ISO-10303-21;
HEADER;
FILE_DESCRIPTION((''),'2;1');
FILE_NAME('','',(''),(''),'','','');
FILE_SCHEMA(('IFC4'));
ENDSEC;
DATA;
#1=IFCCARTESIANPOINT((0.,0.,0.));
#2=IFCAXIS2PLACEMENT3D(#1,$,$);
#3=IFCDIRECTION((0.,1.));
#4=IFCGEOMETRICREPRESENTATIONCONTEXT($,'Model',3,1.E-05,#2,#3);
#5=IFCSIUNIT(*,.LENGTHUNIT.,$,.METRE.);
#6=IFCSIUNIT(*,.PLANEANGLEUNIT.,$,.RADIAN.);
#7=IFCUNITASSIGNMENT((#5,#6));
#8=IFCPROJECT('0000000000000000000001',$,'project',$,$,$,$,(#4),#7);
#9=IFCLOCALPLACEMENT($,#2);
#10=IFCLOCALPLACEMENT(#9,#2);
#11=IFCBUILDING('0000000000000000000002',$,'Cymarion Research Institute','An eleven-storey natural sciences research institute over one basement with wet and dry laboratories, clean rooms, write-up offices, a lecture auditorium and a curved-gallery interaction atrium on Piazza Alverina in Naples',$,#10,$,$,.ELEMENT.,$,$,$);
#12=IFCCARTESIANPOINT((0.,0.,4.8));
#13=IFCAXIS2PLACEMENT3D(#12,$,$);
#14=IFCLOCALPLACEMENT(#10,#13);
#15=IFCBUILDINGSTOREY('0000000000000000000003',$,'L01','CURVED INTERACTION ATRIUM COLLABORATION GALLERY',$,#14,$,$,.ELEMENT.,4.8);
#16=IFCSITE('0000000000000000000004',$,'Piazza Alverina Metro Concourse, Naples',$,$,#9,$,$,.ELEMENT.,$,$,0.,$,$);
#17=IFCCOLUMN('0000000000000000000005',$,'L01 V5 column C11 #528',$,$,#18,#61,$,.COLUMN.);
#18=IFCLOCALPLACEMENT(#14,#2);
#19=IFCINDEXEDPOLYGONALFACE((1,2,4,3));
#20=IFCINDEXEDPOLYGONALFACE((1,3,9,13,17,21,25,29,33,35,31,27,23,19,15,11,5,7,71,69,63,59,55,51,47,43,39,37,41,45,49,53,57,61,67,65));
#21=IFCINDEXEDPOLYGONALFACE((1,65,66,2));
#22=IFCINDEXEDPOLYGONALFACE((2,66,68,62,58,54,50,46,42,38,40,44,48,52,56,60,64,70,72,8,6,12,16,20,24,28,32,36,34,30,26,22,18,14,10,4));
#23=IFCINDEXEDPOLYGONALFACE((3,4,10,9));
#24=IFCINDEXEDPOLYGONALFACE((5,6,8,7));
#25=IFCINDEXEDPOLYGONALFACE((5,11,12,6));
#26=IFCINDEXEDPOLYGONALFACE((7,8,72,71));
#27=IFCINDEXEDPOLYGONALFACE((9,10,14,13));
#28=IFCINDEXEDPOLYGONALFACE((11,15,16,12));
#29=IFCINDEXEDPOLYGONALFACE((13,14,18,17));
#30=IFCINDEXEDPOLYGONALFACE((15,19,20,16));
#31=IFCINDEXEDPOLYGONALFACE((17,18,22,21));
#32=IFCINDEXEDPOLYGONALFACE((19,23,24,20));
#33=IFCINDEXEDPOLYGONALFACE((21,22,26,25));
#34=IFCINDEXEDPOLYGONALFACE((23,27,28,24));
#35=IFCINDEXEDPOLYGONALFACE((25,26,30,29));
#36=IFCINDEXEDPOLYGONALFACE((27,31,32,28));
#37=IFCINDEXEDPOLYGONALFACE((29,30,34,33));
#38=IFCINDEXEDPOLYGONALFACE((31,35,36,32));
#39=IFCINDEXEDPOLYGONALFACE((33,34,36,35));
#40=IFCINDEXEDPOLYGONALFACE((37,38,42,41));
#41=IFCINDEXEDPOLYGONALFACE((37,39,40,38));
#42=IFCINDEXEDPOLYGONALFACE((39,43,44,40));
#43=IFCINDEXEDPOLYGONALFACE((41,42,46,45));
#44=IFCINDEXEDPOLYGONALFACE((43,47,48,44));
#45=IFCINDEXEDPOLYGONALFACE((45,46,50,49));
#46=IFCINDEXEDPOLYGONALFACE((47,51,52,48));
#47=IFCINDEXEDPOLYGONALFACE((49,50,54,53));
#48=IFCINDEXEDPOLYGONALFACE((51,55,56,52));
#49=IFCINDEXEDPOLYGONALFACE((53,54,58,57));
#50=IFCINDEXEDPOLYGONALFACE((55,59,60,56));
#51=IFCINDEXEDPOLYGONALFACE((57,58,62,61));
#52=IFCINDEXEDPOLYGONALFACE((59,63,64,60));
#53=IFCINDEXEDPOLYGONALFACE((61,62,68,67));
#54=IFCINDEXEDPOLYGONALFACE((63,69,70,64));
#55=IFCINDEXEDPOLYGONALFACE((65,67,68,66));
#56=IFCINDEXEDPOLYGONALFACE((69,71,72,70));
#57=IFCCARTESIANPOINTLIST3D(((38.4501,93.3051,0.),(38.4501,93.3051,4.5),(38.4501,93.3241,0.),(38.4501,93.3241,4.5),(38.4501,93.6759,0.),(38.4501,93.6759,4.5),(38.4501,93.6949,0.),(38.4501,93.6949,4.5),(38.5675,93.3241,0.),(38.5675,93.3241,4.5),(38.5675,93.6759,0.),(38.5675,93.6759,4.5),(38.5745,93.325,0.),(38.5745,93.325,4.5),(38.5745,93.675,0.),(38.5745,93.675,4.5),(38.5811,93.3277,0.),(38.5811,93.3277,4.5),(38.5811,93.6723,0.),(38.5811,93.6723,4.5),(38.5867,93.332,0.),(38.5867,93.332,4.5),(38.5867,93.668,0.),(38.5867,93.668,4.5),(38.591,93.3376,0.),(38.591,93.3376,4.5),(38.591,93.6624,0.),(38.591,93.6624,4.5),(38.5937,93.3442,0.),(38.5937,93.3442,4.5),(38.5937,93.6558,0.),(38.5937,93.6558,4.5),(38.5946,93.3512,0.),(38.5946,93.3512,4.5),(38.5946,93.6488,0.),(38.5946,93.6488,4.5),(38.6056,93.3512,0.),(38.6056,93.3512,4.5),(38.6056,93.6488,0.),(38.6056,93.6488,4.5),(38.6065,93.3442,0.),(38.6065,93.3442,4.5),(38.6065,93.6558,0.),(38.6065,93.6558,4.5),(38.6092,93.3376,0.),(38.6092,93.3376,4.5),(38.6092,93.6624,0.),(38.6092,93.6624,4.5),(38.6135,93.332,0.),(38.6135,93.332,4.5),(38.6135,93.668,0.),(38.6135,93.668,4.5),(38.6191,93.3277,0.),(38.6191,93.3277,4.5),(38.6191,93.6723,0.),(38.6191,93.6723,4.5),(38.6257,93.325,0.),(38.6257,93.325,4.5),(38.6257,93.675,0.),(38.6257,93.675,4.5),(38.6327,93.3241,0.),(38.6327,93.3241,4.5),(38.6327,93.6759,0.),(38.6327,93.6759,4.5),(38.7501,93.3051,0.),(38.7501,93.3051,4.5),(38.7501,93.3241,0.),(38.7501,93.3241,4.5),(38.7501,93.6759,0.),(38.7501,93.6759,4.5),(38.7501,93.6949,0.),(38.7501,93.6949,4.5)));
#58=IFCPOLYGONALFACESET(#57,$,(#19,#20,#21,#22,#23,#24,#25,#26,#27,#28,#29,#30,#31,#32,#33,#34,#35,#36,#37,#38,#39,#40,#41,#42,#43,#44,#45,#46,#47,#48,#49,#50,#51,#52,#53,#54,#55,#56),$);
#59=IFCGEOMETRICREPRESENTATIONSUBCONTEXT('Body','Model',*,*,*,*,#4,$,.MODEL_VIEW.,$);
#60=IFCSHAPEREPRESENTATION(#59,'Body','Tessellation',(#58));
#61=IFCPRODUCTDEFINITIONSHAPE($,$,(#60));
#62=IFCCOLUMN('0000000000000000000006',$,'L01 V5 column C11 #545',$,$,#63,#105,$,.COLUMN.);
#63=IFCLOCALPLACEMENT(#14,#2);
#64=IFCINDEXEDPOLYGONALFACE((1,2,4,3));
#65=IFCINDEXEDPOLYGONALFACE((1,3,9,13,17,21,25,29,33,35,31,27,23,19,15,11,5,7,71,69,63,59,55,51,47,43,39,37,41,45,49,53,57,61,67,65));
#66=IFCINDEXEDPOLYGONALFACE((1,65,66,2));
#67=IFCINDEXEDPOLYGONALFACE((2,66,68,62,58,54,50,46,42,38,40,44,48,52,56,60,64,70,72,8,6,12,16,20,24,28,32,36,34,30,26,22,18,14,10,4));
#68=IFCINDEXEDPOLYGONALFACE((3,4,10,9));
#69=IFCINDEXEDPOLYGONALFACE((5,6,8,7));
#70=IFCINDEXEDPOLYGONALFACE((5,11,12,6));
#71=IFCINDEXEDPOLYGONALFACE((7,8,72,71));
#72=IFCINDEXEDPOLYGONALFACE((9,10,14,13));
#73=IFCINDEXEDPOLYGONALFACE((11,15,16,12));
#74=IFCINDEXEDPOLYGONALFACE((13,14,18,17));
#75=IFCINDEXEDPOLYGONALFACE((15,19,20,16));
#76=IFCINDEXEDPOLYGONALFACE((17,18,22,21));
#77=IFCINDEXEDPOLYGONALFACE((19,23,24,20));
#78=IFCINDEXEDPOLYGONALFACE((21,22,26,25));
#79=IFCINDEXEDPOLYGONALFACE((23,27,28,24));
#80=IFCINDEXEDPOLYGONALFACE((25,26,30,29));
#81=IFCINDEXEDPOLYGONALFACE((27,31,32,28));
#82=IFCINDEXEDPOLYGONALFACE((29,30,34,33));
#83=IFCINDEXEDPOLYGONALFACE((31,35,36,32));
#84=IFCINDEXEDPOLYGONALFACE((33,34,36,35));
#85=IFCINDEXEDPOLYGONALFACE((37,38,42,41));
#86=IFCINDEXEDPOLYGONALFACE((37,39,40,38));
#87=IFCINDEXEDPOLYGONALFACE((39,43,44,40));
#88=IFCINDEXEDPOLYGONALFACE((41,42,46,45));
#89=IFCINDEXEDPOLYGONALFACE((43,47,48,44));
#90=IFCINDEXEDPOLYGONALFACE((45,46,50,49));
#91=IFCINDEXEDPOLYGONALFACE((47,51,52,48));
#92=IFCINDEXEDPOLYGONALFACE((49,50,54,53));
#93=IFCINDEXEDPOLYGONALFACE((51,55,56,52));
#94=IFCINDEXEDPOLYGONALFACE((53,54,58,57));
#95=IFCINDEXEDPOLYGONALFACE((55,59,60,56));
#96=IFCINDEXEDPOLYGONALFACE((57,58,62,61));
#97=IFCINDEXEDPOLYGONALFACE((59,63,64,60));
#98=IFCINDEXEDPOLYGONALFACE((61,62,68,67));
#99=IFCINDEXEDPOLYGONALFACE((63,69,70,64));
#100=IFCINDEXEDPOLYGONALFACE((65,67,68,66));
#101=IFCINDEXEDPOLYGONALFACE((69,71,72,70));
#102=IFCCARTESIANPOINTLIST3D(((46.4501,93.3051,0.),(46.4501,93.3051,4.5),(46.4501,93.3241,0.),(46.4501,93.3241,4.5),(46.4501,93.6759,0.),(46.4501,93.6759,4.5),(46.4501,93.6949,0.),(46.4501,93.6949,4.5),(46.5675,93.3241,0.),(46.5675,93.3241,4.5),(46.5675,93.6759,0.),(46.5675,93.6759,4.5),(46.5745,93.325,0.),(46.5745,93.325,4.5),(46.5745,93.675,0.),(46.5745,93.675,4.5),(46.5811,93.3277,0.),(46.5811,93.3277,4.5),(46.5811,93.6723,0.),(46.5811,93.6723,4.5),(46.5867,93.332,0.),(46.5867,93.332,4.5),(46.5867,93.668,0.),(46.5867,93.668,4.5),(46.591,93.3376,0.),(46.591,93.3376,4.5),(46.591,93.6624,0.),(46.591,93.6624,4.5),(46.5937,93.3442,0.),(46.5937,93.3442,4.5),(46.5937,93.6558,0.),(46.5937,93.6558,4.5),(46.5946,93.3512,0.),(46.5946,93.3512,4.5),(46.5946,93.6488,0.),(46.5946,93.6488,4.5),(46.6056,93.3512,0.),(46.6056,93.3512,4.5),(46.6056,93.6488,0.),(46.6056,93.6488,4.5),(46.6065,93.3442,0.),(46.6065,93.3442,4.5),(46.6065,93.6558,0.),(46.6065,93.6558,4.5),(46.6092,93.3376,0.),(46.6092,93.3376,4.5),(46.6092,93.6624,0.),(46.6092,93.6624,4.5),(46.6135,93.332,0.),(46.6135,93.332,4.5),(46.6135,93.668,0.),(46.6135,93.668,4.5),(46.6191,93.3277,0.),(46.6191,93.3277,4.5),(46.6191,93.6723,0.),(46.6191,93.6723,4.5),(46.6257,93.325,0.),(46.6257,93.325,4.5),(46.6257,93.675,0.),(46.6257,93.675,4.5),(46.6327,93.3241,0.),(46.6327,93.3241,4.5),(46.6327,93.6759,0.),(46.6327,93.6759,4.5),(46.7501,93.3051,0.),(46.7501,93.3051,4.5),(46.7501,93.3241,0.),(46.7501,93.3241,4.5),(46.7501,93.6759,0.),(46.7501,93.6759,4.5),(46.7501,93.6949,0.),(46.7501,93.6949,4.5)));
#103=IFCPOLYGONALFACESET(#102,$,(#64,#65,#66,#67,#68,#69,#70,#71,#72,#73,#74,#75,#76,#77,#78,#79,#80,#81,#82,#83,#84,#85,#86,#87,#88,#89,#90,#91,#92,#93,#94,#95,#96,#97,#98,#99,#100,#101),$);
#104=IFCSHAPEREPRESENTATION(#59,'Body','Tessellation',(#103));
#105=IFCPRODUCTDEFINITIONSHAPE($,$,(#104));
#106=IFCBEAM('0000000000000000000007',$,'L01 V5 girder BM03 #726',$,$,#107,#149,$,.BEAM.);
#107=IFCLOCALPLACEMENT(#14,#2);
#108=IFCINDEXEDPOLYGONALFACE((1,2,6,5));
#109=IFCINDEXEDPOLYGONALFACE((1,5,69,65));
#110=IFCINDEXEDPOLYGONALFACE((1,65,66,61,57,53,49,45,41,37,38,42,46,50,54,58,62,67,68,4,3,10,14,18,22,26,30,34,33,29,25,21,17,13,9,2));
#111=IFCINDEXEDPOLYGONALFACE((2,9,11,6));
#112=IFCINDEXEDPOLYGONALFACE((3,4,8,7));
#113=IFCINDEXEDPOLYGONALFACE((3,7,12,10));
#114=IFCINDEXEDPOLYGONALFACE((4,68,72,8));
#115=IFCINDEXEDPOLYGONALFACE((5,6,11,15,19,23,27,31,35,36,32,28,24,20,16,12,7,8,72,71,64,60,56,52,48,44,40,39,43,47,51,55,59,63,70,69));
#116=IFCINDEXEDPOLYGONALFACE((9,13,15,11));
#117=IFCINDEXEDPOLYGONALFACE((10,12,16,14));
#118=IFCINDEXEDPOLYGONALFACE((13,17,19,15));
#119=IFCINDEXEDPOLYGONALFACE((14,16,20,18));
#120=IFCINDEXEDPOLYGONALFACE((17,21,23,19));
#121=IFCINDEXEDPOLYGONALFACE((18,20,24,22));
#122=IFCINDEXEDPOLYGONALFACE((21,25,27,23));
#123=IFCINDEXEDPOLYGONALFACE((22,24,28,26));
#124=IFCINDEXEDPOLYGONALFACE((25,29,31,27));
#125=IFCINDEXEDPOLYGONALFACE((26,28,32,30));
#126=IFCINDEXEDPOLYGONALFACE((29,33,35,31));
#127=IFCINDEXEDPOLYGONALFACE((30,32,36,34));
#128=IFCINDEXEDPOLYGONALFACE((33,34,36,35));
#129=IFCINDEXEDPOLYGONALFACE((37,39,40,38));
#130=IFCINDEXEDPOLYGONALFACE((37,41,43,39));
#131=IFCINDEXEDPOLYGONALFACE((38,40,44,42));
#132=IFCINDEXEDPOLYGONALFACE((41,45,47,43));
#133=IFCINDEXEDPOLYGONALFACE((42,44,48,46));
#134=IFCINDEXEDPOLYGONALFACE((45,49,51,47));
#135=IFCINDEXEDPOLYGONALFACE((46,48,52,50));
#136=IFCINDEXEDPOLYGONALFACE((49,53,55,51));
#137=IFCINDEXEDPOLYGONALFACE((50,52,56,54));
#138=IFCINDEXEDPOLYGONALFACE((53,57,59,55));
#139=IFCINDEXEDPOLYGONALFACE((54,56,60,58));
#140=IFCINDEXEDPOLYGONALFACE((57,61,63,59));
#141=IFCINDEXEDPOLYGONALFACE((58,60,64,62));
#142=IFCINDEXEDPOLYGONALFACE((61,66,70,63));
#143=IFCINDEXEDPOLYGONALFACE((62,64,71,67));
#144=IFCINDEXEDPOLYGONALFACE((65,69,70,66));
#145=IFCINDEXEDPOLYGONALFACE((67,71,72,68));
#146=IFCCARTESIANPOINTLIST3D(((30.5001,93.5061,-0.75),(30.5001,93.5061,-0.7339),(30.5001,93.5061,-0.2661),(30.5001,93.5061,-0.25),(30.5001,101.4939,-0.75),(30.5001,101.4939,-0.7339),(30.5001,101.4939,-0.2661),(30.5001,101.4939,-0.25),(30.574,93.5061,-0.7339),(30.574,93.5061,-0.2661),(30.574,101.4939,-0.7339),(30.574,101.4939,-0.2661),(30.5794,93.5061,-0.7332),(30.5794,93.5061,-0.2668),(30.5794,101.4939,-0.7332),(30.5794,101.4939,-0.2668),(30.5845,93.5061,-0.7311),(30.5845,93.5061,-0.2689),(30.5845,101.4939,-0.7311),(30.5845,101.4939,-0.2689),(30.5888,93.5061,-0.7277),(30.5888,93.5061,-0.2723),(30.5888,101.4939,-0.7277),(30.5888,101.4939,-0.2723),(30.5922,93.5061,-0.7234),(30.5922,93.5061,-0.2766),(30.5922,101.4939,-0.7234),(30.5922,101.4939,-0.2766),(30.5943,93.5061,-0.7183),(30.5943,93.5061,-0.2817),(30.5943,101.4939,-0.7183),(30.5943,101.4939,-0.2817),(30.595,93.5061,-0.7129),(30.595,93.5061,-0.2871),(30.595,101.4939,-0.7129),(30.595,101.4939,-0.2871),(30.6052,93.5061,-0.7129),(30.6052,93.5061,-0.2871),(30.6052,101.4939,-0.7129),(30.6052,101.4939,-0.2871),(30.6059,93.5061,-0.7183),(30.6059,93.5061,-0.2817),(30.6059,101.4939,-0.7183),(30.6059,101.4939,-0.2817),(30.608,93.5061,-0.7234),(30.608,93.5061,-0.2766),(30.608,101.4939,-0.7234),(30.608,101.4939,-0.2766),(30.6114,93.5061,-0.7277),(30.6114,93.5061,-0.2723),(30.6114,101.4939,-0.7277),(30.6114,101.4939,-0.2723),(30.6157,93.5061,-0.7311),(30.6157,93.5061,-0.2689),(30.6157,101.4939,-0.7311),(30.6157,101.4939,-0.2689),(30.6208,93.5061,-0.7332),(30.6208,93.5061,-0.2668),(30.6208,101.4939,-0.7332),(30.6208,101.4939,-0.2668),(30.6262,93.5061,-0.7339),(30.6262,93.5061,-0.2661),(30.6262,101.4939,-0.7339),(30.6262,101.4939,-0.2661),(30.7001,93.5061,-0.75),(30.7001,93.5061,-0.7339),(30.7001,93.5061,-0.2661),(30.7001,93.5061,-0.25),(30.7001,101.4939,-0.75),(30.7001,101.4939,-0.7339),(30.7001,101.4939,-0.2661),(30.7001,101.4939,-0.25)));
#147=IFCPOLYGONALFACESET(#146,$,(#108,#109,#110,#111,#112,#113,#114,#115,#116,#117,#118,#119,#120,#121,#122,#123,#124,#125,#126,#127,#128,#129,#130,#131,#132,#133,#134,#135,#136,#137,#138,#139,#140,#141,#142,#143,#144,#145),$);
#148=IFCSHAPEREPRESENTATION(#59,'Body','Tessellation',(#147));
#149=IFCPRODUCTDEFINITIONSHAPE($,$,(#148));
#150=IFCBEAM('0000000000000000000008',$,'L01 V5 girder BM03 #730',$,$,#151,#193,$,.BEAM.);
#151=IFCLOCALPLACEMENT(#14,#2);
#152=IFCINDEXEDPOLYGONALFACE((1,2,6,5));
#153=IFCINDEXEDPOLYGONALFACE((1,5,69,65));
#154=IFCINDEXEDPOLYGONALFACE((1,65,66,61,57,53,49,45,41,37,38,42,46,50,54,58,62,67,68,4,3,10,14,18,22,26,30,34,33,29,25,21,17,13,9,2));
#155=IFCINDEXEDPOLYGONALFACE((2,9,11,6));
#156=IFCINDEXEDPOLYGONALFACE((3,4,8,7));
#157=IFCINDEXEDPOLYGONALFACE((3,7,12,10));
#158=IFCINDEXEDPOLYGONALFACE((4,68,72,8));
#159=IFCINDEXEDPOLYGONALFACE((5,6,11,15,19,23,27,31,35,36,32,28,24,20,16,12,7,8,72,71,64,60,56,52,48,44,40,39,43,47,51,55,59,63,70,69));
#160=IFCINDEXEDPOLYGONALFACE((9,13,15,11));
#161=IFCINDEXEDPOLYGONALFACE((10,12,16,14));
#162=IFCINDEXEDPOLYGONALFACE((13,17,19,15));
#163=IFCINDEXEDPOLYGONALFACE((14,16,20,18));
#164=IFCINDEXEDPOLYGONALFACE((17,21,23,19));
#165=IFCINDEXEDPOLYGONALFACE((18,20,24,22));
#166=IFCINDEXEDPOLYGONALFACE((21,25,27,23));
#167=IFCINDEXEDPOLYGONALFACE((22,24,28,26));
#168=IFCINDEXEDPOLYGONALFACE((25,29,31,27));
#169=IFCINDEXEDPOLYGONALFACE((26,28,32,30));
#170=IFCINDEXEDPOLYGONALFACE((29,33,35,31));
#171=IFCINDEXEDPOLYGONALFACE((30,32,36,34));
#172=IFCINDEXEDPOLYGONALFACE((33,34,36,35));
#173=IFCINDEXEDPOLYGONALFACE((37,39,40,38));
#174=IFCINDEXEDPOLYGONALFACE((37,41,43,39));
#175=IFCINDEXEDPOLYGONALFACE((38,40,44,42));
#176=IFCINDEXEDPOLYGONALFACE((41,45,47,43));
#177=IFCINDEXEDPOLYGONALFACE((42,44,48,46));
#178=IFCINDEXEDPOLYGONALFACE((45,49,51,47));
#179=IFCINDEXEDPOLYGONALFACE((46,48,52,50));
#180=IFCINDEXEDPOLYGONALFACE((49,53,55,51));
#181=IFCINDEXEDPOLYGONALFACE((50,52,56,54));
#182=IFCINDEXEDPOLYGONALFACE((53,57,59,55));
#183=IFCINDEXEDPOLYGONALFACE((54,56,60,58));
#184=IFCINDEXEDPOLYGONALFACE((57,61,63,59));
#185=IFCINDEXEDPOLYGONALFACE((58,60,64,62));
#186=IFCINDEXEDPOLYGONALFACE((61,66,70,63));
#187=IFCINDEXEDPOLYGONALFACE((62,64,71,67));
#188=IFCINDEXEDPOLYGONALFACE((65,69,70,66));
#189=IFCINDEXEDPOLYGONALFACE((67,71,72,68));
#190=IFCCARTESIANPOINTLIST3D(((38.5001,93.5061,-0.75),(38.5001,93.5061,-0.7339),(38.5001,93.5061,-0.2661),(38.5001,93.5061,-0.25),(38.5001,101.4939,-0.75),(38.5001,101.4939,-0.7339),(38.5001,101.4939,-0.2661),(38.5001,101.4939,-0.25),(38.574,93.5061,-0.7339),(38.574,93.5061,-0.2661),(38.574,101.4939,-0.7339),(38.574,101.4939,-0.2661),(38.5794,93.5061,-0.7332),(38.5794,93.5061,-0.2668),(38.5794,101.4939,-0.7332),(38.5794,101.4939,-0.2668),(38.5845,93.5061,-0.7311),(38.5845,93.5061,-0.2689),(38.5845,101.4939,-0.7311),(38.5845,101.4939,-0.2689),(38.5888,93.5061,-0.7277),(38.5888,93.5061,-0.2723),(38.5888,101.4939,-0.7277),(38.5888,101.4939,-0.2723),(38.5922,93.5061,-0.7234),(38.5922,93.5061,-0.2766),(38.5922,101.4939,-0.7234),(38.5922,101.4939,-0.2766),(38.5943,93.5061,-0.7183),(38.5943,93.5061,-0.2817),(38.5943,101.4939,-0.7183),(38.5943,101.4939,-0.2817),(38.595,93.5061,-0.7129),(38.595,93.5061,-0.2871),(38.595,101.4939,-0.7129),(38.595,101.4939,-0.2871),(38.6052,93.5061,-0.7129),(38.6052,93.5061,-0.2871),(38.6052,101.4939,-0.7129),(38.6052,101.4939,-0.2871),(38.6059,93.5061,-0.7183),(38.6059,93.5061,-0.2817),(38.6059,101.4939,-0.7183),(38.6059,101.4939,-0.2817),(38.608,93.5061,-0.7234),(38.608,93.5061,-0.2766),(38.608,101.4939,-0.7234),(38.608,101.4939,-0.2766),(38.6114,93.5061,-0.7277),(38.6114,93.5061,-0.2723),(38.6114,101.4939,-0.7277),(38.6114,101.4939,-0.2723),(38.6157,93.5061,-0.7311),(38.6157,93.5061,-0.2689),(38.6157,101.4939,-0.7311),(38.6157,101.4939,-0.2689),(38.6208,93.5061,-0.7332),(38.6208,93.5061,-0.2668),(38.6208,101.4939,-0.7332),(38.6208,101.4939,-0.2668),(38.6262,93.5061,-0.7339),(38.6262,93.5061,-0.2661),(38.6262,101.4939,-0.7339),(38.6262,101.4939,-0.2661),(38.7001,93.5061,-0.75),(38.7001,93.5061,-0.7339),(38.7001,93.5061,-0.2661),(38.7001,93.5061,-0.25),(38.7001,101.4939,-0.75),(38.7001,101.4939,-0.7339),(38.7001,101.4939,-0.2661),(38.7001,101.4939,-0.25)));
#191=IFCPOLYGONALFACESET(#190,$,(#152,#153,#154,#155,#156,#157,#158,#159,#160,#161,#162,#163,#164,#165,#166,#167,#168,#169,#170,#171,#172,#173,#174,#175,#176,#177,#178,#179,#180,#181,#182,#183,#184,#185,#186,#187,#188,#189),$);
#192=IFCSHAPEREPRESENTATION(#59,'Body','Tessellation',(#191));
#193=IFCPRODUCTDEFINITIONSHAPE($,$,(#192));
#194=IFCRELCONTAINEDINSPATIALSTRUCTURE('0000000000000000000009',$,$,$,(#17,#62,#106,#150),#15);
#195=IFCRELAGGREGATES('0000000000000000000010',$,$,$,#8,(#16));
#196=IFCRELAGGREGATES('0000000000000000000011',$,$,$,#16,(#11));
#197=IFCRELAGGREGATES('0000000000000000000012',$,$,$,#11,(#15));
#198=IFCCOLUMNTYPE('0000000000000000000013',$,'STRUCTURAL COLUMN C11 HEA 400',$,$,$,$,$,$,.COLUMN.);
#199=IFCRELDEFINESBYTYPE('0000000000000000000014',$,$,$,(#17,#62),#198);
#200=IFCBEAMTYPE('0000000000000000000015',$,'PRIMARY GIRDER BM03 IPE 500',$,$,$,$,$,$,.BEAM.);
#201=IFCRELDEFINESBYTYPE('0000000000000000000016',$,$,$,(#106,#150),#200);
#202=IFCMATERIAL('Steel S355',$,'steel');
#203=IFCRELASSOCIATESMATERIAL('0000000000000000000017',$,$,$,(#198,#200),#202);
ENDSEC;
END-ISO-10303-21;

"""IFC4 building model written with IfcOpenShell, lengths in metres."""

from ifc_helpers import new_model, si_unit, direction, frame, origin, origin_2d, place, context, subcontext, project, spatial, i_section, extrude, material, material_profile, profile_set, type_object, element, save


model = new_model("IFC4")

# Units and contexts
model_context = context("Model", 3, precision=1e-05, world=origin(), true_north=direction((0.0, 1.0)))
body_context = subcontext(model_context, "Body", "Model", "MODEL_VIEW")
ifc_project = project(units=[si_unit("LENGTHUNIT", "METRE"), si_unit("PLANEANGLEUNIT", "RADIAN")], contexts=[model_context])

# Site, building, storey
site_placement = place(None, origin())
site = spatial("IfcSite", under=ifc_project, at=site_placement, Name="Piazza Alverina Metro Concourse, Naples", CompositionType="ELEMENT", RefElevation=0.0)
building_placement = place(site_placement, origin())
building = spatial("IfcBuilding", under=site, at=building_placement, Name="Cymarion Research Institute", Description="An eleven-storey natural sciences research institute over one basement with wet and dry laboratories, clean rooms, write-up offices, a lecture auditorium and a curved-gallery interaction atrium on Piazza Alverina in Naples", CompositionType="ELEMENT")
storey_placement = place(building_placement, frame((0.0, 0.0, 4.8)))
storey = spatial("IfcBuildingStorey", under=building, at=storey_placement, Name="L01", Description="CURVED INTERACTION ATRIUM COLLABORATION GALLERY", CompositionType="ELEMENT", Elevation=4.8)

# Columns
ifc_material_1 = material(Name="Steel S355", Category="steel")
ifc_material_profile_1 = material_profile(ifc_material_1, i_section(OverallWidth=0.3, OverallDepth=0.3899, WebThickness=0.011, FlangeThickness=0.019, FilletRadius=0.0271, at=origin_2d()), Name="HEA 400")
ifc_profile_set_1 = profile_set([ifc_material_profile_1], Name="Steel S355")
column_type_1 = type_object("IfcColumnType", Name="STRUCTURAL COLUMN C11 HEA 400", PredefinedType="COLUMN", material=ifc_profile_set_1)
for number, where, z_axis, x_axis, name in (
    (1, (38.6001, 93.5, 0.0), (0.0, 0.0, 1.0), (1.0, 0.0, 0.0), "L01 V5 column C11 #528"),
    (2, (46.6001, 93.5, 0.0), (0.0, 0.0, 1.0), (1.0, 0.0, 0.0), "L01 V5 column C11 #545"),
):
    element("IfcColumn", number, at=place(storey_placement, frame(where, z_axis=z_axis, x_axis=x_axis)), inside=storey, type_object=column_type_1, Name=name, PredefinedType="COLUMN", context=body_context, shape_type="SweptSolid", body=[
        extrude(i_section(OverallWidth=0.3, OverallDepth=0.3899, WebThickness=0.011, FlangeThickness=0.019, FilletRadius=0.0271, at=origin_2d()), origin(), (0.0, 0.0, 1.0), 4.5),
    ])

# Beams
ifc_material_profile_2 = material_profile(ifc_material_1, i_section(OverallWidth=0.2, OverallDepth=0.5, WebThickness=0.0103, FlangeThickness=0.0161, FilletRadius=0.021, at=origin_2d()), Name="IPE 500")
ifc_profile_set_2 = profile_set([ifc_material_profile_2], Name="Steel S355")
beam_type_1 = type_object("IfcBeamType", Name="PRIMARY GIRDER BM03 IPE 500", PredefinedType="BEAM", material=ifc_profile_set_2)
for number, where, z_axis, x_axis, name in (
    (3, (30.6001, 93.5061, -0.5), (0.0, 1.0, 0.0), (-1.0, 0.0, 0.0), "L01 V5 girder BM03 #726"),
    (4, (38.6001, 93.5061, -0.5), (0.0, 1.0, 0.0), (-1.0, 0.0, 0.0), "L01 V5 girder BM03 #730"),
):
    element("IfcBeam", number, at=place(storey_placement, frame(where, z_axis=z_axis, x_axis=x_axis)), inside=storey, type_object=beam_type_1, Name=name, PredefinedType="BEAM", context=body_context, shape_type="SweptSolid", body=[
        extrude(i_section(OverallWidth=0.2, OverallDepth=0.5, WebThickness=0.0103, FlangeThickness=0.0161, FilletRadius=0.021, at=origin_2d()), origin(), (0.0, 0.0, 1.0), 7.9878),
    ])

save(model, "model.ifc")
